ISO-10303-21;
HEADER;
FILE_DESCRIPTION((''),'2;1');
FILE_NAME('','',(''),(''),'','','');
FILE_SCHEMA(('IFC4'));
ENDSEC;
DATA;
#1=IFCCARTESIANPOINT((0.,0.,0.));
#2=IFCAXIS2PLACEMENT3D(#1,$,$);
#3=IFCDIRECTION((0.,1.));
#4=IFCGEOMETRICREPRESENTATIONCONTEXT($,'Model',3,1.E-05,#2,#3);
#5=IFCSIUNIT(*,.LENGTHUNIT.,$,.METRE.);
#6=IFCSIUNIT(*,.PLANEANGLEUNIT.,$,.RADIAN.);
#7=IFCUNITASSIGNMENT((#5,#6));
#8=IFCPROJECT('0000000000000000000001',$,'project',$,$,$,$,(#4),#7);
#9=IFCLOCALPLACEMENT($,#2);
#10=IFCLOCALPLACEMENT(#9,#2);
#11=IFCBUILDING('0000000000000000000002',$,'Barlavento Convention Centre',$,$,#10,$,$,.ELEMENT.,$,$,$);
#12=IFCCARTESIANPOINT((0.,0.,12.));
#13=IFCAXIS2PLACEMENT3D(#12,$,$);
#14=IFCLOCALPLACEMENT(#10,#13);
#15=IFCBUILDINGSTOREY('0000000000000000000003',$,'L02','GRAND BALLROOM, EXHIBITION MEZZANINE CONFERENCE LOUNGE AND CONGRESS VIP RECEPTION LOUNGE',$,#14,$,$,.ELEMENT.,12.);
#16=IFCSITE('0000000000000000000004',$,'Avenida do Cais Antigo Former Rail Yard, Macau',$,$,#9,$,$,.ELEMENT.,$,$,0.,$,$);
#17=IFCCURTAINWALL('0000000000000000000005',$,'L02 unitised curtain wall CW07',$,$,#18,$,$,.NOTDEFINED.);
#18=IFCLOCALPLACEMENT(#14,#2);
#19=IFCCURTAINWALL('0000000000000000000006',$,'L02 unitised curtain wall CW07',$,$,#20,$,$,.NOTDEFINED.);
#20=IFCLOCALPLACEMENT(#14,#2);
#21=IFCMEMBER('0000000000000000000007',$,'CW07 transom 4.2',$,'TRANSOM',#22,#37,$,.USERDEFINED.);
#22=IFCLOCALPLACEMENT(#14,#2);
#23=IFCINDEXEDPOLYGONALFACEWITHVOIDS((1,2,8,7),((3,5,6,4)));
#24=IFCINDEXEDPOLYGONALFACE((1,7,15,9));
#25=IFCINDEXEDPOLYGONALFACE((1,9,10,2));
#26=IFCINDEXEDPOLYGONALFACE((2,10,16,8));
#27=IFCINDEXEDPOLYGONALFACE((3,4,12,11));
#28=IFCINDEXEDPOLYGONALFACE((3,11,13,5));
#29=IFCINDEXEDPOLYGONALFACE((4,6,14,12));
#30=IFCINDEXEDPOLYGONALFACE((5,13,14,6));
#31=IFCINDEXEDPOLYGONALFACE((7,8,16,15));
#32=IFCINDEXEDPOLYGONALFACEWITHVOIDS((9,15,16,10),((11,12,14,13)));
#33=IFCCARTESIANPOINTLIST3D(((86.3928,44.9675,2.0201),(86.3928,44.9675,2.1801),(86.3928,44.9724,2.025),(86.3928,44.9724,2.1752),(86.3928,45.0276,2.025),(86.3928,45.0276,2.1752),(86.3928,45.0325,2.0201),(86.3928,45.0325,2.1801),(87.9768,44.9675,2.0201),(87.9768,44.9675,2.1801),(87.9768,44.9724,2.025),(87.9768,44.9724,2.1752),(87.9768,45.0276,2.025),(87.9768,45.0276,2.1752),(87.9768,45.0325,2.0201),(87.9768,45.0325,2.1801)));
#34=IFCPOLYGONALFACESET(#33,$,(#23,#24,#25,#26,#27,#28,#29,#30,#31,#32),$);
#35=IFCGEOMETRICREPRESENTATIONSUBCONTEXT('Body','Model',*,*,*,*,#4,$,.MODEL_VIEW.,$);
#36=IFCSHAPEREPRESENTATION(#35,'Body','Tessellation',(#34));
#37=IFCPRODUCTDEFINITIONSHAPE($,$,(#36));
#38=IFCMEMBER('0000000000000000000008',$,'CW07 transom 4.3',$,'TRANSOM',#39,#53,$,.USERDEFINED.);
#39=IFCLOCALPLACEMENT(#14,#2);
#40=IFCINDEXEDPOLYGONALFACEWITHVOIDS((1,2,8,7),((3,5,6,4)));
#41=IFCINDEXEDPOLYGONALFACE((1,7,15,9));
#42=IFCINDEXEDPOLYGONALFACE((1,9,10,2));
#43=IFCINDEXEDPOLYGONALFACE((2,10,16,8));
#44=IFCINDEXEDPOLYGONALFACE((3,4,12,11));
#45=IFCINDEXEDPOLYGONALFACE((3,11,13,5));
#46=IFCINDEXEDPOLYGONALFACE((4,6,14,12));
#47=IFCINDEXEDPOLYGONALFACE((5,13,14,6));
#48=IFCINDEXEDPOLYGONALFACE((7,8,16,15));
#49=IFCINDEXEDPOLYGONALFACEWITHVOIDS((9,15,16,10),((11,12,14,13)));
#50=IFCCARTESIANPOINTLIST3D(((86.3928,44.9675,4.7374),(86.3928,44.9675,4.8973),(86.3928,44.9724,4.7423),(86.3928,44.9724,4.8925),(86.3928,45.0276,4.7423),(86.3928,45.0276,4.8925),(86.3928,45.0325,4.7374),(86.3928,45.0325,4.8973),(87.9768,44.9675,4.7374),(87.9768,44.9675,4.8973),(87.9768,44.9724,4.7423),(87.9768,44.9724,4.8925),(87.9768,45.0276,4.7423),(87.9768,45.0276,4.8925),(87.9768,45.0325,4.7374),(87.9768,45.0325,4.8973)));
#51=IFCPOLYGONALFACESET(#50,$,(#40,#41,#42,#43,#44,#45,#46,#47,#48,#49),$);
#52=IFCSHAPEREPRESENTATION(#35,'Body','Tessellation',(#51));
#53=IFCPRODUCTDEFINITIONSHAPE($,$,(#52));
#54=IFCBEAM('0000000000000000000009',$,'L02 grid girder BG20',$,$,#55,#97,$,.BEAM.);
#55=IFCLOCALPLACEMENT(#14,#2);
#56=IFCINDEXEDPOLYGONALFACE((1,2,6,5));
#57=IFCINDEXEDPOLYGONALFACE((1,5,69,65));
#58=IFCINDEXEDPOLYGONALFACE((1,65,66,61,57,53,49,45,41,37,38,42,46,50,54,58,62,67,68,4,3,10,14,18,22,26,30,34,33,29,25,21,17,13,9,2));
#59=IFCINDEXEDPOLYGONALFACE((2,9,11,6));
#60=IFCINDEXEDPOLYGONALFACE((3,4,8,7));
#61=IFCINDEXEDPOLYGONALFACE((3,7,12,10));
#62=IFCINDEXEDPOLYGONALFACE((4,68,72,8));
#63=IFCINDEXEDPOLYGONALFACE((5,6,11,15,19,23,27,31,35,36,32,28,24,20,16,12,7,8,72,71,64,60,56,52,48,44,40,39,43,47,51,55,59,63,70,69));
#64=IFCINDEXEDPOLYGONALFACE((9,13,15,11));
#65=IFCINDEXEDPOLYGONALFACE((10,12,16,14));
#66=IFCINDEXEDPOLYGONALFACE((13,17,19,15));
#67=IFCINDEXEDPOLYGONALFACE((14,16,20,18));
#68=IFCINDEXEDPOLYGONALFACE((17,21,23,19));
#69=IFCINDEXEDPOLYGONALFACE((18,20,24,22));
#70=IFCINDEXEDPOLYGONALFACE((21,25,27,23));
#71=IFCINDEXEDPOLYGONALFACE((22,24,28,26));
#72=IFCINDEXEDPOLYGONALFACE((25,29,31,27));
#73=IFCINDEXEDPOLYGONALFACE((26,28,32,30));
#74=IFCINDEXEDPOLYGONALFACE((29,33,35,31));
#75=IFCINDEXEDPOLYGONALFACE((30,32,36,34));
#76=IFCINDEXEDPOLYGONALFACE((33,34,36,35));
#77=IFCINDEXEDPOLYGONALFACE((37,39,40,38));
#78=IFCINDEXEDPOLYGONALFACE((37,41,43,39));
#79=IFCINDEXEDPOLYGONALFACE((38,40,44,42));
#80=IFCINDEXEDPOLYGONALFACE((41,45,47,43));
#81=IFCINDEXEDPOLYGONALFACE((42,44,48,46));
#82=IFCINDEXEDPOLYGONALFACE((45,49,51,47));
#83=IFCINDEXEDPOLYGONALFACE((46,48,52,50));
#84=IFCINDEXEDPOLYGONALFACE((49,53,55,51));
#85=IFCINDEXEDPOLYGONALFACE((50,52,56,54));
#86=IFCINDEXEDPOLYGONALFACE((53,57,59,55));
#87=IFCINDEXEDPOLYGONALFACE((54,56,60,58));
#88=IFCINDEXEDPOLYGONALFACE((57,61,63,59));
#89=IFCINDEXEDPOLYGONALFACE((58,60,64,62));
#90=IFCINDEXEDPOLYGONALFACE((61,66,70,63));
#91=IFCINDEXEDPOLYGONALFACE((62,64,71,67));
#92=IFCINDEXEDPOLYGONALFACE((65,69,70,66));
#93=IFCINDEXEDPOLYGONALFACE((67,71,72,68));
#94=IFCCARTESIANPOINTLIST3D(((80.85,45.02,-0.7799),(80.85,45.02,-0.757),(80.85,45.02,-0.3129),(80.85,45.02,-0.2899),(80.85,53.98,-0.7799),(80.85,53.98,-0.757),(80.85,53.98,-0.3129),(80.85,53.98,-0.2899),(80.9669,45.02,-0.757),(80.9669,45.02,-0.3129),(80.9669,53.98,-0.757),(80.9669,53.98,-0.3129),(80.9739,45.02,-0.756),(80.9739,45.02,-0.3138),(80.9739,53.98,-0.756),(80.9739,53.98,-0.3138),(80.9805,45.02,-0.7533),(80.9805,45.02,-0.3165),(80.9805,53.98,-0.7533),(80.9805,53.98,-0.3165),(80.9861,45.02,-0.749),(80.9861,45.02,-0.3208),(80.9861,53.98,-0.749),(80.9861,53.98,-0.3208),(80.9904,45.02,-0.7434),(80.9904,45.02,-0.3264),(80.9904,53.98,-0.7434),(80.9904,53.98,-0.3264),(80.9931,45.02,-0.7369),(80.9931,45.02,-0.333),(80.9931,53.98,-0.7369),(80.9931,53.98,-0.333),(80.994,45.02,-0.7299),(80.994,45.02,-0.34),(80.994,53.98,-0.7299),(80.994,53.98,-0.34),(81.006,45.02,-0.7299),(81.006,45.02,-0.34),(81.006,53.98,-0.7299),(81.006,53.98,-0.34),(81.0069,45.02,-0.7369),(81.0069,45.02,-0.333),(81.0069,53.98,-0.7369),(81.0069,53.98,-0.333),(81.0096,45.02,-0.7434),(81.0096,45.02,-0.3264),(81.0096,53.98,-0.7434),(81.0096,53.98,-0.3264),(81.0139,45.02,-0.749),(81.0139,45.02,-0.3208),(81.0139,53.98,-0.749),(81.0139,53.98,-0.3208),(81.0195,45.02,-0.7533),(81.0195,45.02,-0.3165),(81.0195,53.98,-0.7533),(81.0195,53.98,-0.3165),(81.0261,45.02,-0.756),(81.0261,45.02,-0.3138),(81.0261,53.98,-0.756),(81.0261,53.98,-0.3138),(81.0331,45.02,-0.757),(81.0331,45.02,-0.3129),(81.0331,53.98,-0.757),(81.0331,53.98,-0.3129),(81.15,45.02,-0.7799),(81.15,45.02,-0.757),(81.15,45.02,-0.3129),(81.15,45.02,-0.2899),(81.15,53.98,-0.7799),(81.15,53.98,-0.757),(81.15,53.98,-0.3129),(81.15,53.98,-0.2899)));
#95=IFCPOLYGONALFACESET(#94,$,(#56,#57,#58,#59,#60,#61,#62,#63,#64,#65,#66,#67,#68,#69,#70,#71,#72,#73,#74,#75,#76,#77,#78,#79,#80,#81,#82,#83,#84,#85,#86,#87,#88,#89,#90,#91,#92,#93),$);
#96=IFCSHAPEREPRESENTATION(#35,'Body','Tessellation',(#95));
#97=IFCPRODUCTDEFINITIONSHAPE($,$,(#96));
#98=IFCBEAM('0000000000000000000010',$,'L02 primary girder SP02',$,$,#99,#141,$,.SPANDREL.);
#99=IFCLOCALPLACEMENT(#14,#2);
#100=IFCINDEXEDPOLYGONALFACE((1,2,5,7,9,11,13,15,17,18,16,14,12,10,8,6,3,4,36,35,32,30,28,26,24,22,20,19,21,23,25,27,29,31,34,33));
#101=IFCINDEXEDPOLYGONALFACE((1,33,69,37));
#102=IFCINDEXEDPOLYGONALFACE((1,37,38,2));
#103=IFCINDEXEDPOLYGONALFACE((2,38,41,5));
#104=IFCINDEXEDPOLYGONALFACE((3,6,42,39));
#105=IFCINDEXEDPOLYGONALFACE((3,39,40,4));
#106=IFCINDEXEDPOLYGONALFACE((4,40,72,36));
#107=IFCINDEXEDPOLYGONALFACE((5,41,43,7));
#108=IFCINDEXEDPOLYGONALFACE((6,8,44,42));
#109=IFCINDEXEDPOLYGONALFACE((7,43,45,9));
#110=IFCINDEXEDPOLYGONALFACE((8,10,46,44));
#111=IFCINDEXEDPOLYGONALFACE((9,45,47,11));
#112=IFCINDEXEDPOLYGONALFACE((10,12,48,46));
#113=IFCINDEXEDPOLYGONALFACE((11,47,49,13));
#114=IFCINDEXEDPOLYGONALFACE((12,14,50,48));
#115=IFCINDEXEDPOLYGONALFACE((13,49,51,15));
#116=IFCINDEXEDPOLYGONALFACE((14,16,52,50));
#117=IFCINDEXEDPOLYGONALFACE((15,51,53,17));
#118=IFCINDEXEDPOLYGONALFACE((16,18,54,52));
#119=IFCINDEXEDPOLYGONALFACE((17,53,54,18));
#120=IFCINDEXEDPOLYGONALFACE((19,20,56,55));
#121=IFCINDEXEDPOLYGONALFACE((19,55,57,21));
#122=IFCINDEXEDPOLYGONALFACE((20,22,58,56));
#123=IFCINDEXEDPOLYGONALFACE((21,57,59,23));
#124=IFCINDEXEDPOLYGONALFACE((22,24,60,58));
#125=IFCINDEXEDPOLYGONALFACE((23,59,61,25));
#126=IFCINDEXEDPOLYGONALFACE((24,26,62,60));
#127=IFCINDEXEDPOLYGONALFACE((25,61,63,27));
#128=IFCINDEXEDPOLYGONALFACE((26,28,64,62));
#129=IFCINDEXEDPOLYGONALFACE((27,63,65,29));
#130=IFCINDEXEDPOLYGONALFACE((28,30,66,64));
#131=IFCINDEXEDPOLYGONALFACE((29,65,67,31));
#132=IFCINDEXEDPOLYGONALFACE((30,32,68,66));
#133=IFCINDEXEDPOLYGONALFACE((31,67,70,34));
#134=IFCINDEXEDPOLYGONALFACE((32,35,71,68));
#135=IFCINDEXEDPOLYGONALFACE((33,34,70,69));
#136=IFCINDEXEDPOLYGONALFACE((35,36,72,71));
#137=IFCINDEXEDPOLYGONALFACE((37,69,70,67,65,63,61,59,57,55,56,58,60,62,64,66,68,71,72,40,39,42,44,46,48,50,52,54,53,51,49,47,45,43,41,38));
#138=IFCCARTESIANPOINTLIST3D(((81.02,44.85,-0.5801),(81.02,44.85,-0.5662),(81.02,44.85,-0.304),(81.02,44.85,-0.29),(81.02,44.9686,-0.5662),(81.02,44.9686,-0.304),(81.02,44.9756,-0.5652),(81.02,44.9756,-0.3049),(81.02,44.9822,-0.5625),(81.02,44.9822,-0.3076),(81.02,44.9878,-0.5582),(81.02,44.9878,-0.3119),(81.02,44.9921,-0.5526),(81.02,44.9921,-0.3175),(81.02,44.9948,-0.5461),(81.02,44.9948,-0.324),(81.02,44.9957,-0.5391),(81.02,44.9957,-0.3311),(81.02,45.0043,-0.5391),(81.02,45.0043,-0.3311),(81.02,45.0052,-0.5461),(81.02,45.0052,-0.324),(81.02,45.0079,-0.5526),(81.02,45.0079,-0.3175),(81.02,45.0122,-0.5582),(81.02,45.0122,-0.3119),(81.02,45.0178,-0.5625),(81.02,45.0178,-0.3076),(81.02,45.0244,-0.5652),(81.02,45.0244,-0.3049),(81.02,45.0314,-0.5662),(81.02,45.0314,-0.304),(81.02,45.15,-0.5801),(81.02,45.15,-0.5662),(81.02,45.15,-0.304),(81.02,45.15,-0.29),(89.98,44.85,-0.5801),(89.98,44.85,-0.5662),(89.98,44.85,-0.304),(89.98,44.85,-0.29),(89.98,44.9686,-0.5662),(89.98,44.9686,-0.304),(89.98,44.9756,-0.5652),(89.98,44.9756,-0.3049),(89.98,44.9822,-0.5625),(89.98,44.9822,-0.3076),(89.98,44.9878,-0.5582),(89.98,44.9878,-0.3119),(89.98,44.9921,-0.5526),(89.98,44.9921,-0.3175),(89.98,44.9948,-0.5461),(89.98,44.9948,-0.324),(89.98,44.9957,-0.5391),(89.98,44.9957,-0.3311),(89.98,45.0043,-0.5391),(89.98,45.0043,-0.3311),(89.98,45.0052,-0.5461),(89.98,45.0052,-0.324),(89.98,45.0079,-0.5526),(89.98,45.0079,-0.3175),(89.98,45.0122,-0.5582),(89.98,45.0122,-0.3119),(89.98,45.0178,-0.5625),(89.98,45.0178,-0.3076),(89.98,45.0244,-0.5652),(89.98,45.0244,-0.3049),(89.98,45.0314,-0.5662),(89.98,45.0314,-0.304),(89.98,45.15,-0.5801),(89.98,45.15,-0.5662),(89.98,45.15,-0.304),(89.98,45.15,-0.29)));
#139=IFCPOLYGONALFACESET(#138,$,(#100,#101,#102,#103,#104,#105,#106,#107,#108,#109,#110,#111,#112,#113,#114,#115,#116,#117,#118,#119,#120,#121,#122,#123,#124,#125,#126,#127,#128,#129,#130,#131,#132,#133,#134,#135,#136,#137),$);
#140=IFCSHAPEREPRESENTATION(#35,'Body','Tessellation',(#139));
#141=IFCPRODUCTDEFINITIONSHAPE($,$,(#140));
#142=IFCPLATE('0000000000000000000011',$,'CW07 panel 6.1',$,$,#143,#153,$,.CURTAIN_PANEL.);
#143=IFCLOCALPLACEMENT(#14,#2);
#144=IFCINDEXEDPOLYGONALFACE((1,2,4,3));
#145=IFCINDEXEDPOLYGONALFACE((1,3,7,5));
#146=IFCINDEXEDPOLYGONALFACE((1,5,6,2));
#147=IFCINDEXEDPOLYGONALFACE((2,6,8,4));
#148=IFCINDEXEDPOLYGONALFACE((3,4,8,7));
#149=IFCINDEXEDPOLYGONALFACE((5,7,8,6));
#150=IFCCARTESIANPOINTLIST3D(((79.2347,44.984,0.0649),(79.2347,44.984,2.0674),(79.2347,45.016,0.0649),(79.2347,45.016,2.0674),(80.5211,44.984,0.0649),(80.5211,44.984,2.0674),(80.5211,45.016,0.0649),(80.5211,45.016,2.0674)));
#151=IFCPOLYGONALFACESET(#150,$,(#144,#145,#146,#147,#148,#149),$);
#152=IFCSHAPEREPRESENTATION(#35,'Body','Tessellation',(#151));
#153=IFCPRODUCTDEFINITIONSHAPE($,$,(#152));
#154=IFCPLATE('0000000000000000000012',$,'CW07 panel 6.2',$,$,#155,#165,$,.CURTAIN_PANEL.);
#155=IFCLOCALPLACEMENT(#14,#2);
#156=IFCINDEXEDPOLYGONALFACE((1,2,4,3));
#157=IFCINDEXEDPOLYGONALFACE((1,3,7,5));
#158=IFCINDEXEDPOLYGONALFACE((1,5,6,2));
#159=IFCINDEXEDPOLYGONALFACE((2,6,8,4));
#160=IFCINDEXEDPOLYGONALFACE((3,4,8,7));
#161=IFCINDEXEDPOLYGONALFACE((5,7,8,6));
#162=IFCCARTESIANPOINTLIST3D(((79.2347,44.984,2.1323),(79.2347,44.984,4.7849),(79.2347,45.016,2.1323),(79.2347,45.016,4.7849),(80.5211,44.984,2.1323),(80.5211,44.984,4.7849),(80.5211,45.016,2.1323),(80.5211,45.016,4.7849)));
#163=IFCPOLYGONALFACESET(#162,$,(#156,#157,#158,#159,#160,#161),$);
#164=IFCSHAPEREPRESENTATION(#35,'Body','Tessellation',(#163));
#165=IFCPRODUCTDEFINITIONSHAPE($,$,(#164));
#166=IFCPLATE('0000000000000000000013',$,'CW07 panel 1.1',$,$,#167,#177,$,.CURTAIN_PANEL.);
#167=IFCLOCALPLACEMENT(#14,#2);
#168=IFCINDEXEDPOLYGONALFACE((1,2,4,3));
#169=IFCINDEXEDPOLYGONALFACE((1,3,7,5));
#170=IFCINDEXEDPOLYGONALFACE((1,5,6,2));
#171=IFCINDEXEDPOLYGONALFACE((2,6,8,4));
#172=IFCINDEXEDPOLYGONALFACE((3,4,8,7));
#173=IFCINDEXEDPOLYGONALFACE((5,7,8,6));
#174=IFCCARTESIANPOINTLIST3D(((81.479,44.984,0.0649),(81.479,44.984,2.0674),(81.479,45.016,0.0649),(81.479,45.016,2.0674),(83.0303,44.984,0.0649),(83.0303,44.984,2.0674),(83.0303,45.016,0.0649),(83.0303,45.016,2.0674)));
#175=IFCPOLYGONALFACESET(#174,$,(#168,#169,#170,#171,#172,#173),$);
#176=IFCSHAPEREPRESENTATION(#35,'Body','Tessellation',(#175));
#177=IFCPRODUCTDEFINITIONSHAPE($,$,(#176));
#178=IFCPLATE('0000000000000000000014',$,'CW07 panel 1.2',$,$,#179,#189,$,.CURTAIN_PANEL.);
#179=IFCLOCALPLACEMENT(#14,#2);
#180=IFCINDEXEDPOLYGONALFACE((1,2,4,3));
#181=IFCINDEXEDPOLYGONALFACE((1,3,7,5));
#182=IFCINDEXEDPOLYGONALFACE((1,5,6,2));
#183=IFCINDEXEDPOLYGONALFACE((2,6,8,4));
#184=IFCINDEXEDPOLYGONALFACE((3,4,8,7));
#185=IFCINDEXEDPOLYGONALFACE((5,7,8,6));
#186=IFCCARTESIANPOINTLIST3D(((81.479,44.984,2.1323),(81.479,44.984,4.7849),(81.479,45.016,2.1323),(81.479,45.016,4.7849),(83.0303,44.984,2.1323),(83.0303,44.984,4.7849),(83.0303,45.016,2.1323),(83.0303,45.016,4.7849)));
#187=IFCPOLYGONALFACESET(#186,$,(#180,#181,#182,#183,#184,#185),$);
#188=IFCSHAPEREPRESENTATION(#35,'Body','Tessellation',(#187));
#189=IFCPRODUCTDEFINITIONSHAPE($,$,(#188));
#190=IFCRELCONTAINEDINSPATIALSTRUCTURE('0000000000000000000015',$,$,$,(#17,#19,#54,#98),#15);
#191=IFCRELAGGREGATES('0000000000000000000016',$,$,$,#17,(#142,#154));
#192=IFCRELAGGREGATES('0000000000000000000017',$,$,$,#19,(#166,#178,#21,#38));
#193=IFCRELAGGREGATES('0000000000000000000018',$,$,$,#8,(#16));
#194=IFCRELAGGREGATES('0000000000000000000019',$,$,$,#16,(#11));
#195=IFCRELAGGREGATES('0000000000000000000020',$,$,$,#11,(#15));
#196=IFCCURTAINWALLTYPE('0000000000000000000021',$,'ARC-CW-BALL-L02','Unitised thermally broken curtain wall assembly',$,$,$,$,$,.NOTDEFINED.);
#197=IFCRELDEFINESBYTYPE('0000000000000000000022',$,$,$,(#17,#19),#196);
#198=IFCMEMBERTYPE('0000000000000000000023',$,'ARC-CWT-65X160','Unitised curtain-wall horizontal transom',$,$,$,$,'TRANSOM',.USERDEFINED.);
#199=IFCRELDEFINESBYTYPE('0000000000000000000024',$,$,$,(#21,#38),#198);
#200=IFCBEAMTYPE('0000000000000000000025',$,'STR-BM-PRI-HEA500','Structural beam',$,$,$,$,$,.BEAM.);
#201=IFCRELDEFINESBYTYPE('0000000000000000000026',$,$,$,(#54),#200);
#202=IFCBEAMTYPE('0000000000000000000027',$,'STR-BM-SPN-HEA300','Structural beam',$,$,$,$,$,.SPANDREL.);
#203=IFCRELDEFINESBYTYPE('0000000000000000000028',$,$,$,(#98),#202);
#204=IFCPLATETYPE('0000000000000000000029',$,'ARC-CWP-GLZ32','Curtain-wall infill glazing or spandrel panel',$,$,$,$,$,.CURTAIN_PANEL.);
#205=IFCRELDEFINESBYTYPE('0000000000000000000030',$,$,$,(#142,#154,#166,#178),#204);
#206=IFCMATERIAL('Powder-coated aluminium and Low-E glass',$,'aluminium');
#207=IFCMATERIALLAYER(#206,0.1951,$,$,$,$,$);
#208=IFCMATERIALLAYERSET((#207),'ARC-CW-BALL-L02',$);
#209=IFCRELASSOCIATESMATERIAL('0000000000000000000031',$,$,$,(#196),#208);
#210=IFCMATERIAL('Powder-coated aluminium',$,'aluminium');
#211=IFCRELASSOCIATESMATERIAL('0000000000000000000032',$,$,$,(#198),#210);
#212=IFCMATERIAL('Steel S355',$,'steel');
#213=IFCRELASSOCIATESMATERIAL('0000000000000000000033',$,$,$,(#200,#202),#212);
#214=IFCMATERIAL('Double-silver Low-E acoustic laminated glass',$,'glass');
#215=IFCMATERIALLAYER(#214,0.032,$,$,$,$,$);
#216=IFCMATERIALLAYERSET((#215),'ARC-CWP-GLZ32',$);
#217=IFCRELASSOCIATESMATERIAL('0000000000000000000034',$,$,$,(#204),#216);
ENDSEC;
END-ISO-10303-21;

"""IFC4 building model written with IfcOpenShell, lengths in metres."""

from ifc_helpers import new_model, si_unit, direction, frame, origin, origin_2d, place, context, subcontext, project, spatial, rectangle, hollow_rectangle, i_section, extrude, material, layer, layer_set, material_profile, profile_set, type_object, element, aggregate, save


model = new_model("IFC4")

# Units and contexts
model_context = context("Model", 3, precision=1e-05, world=origin(), true_north=direction((0.0, 1.0)))
body_context = subcontext(model_context, "Body", "Model", "MODEL_VIEW")
ifc_project = project(units=[si_unit("LENGTHUNIT", "METRE"), si_unit("PLANEANGLEUNIT", "RADIAN")], contexts=[model_context])

# Site, building, storey
site_placement = place(None, origin())
site = spatial("IfcSite", under=ifc_project, at=site_placement, Name="Avenida do Cais Antigo Former Rail Yard, Macau", CompositionType="ELEMENT", RefElevation=0.0)
building_placement = place(site_placement, origin())
building = spatial("IfcBuilding", under=site, at=building_placement, Name="Barlavento Convention Centre", CompositionType="ELEMENT")
storey_placement = place(building_placement, frame((0.0, 0.0, 12.0)))
storey = spatial("IfcBuildingStorey", under=building, at=storey_placement, Name="L02", Description="GRAND BALLROOM, EXHIBITION MEZZANINE CONFERENCE LOUNGE AND CONGRESS VIP RECEPTION LOUNGE", CompositionType="ELEMENT", Elevation=12.0)

# Curtain walls
ifc_material_1 = material(Name="Powder-coated aluminium and Low-E glass", Category="aluminium")
ifc_layer_1 = layer(ifc_material_1, 0.1951)
ifc_layer_set_1 = layer_set([ifc_layer_1], Name="ARC-CW-BALL-L02")
curtain_wall_type = type_object("IfcCurtainWallType", Name="ARC-CW-BALL-L02", Description="Unitised thermally broken curtain wall assembly", PredefinedType="NOTDEFINED", material=ifc_layer_set_1)
curtain_wall_1_placement = place(storey_placement, origin())
curtain_wall_1 = element("IfcCurtainWall", 1, at=curtain_wall_1_placement, inside=storey, type_object=curtain_wall_type, Name="L02 unitised curtain wall CW07", PredefinedType="NOTDEFINED")
ifc_material_2 = material(Name="Powder-coated aluminium", Category="aluminium")
curtain_wall_2_placement = place(storey_placement, origin())
curtain_wall_2 = element("IfcCurtainWall", 2, at=curtain_wall_2_placement, inside=storey, type_object=curtain_wall_type, Name="L02 unitised curtain wall CW07", PredefinedType="NOTDEFINED")

# Members
ifc_material_profile_1 = material_profile(ifc_material_2, hollow_rectangle(XDim=0.0649, YDim=0.1599, WallThickness=0.0049, at=origin_2d()), Name="AL-TRAN 65x160x5")
ifc_profile_set_1 = profile_set([ifc_material_profile_1], Name="Powder-coated aluminium")
member_type_1 = type_object("IfcMemberType", Name="ARC-CWT-65X160", Description="Unitised curtain-wall horizontal transom", ElementType="TRANSOM", PredefinedType="USERDEFINED", material=ifc_profile_set_1)
member_1_placement = place(storey_placement, frame((86.3928, 45.0, 2.1001), z_axis=(1.0, 0.0, 0.0), x_axis=(0.0, 1.0, 0.0)))
member_1 = element("IfcMember", 3, at=member_1_placement, type_object=member_type_1, Name="CW07 transom 4.2", ObjectType="TRANSOM", PredefinedType="USERDEFINED", context=body_context, shape_type="SweptSolid", body=[
    extrude(hollow_rectangle(XDim=0.0649, YDim=0.1599, WallThickness=0.0049, at=origin_2d()), origin(), (0.0, 0.0, 1.0), 1.584),
])
member_2_placement = place(storey_placement, frame((86.3928, 45.0, 4.8174), z_axis=(1.0, 0.0, 0.0), x_axis=(0.0, 1.0, 0.0)))
member_2 = element("IfcMember", 4, at=member_2_placement, type_object=member_type_1, Name="CW07 transom 4.3", ObjectType="TRANSOM", PredefinedType="USERDEFINED", context=body_context, shape_type="SweptSolid", body=[
    extrude(hollow_rectangle(XDim=0.0649, YDim=0.1599, WallThickness=0.0049, at=origin_2d()), origin(), (0.0, 0.0, 1.0), 1.584),
])

# Beams
ifc_material_3 = material(Name="Steel S355", Category="steel")
ifc_material_profile_2 = material_profile(ifc_material_3, i_section(OverallWidth=0.3, OverallDepth=0.49, WebThickness=0.012, FlangeThickness=0.0229, FilletRadius=0.0271, at=origin_2d()), Name="HEA 500")
ifc_profile_set_2 = profile_set([ifc_material_profile_2], Name="Steel S355")
beam_type_1 = type_object("IfcBeamType", Name="STR-BM-PRI-HEA500", Description="Structural beam", PredefinedType="BEAM", material=ifc_profile_set_2)
beam_1_placement = place(storey_placement, frame((81.0, 45.02, -0.5349), z_axis=(0.0, 1.0, 0.0), x_axis=(-1.0, 0.0, 0.0)))
element("IfcBeam", 5, at=beam_1_placement, inside=storey, type_object=beam_type_1, Name="L02 grid girder BG20", PredefinedType="BEAM", context=body_context, shape_type="SweptSolid", body=[
    extrude(i_section(OverallWidth=0.3, OverallDepth=0.49, WebThickness=0.012, FlangeThickness=0.0229, FilletRadius=0.0271, at=origin_2d()), origin(), (0.0, 0.0, 1.0), 8.96),
])
ifc_material_profile_3 = material_profile(ifc_material_3, i_section(OverallWidth=0.3, OverallDepth=0.29, WebThickness=0.0085, FlangeThickness=0.0139, FilletRadius=0.0271, at=origin_2d()), Name="HEA 300")
ifc_profile_set_3 = profile_set([ifc_material_profile_3], Name="Steel S355")
beam_type_2 = type_object("IfcBeamType", Name="STR-BM-SPN-HEA300", Description="Structural beam", PredefinedType="SPANDREL", material=ifc_profile_set_3)
beam_2_placement = place(storey_placement, frame((81.02, 45.0, -0.4351), z_axis=(1.0, 0.0, 0.0), x_axis=(0.0, 1.0, 0.0)))
element("IfcBeam", 6, at=beam_2_placement, inside=storey, type_object=beam_type_2, Name="L02 primary girder SP02", PredefinedType="SPANDREL", context=body_context, shape_type="SweptSolid", body=[
    extrude(i_section(OverallWidth=0.3, OverallDepth=0.29, WebThickness=0.0085, FlangeThickness=0.0139, FilletRadius=0.0271, at=origin_2d()), origin(), (0.0, 0.0, 1.0), 8.96),
])

# Plates
ifc_material_4 = material(Name="Double-silver Low-E acoustic laminated glass", Category="glass")
ifc_layer_2 = layer(ifc_material_4, 0.032)
ifc_layer_set_2 = layer_set([ifc_layer_2], Name="ARC-CWP-GLZ32")
plate_type = type_object("IfcPlateType", Name="ARC-CWP-GLZ32", Description="Curtain-wall infill glazing or spandrel panel", PredefinedType="CURTAIN_PANEL", material=ifc_layer_set_2)
plate_1_placement = place(storey_placement, frame((79.8779, 45.0, 0.0649), z_axis=(0.0, 0.0, 1.0), x_axis=(1.0, 0.0, 0.0)))
plate_1 = element("IfcPlate", 7, at=plate_1_placement, type_object=plate_type, Name="CW07 panel 6.1", PredefinedType="CURTAIN_PANEL", context=body_context, shape_type="SweptSolid", body=[
    extrude(rectangle(XDim=1.2864, YDim=0.032, at=origin_2d()), origin(), (0.0, 0.0, 1.0), 2.0024),
])
plate_2_placement = place(storey_placement, frame((79.8779, 45.0, 2.1323), z_axis=(0.0, 0.0, 1.0), x_axis=(1.0, 0.0, 0.0)))
plate_2 = element("IfcPlate", 8, at=plate_2_placement, type_object=plate_type, Name="CW07 panel 6.2", PredefinedType="CURTAIN_PANEL", context=body_context, shape_type="SweptSolid", body=[
    extrude(rectangle(XDim=1.2864, YDim=0.032, at=origin_2d()), origin(), (0.0, 0.0, 1.0), 2.6526),
])
aggregate(curtain_wall_1, [plate_1, plate_2])
plate_3_placement = place(storey_placement, frame((82.2546, 45.0, 0.0649), z_axis=(0.0, 0.0, 1.0), x_axis=(1.0, 0.0, 0.0)))
plate_3 = element("IfcPlate", 9, at=plate_3_placement, type_object=plate_type, Name="CW07 panel 1.1", PredefinedType="CURTAIN_PANEL", context=body_context, shape_type="SweptSolid", body=[
    extrude(rectangle(XDim=1.5513, YDim=0.032, at=origin_2d()), origin(), (0.0, 0.0, 1.0), 2.0024),
])
plate_4_placement = place(storey_placement, frame((82.2546, 45.0, 2.1323), z_axis=(0.0, 0.0, 1.0), x_axis=(1.0, 0.0, 0.0)))
plate_4 = element("IfcPlate", 10, at=plate_4_placement, type_object=plate_type, Name="CW07 panel 1.2", PredefinedType="CURTAIN_PANEL", context=body_context, shape_type="SweptSolid", body=[
    extrude(rectangle(XDim=1.5513, YDim=0.032, at=origin_2d()), origin(), (0.0, 0.0, 1.0), 2.6526),
])
aggregate(curtain_wall_2, [plate_3, plate_4, member_1, member_2])

save(model, "model.ifc")
